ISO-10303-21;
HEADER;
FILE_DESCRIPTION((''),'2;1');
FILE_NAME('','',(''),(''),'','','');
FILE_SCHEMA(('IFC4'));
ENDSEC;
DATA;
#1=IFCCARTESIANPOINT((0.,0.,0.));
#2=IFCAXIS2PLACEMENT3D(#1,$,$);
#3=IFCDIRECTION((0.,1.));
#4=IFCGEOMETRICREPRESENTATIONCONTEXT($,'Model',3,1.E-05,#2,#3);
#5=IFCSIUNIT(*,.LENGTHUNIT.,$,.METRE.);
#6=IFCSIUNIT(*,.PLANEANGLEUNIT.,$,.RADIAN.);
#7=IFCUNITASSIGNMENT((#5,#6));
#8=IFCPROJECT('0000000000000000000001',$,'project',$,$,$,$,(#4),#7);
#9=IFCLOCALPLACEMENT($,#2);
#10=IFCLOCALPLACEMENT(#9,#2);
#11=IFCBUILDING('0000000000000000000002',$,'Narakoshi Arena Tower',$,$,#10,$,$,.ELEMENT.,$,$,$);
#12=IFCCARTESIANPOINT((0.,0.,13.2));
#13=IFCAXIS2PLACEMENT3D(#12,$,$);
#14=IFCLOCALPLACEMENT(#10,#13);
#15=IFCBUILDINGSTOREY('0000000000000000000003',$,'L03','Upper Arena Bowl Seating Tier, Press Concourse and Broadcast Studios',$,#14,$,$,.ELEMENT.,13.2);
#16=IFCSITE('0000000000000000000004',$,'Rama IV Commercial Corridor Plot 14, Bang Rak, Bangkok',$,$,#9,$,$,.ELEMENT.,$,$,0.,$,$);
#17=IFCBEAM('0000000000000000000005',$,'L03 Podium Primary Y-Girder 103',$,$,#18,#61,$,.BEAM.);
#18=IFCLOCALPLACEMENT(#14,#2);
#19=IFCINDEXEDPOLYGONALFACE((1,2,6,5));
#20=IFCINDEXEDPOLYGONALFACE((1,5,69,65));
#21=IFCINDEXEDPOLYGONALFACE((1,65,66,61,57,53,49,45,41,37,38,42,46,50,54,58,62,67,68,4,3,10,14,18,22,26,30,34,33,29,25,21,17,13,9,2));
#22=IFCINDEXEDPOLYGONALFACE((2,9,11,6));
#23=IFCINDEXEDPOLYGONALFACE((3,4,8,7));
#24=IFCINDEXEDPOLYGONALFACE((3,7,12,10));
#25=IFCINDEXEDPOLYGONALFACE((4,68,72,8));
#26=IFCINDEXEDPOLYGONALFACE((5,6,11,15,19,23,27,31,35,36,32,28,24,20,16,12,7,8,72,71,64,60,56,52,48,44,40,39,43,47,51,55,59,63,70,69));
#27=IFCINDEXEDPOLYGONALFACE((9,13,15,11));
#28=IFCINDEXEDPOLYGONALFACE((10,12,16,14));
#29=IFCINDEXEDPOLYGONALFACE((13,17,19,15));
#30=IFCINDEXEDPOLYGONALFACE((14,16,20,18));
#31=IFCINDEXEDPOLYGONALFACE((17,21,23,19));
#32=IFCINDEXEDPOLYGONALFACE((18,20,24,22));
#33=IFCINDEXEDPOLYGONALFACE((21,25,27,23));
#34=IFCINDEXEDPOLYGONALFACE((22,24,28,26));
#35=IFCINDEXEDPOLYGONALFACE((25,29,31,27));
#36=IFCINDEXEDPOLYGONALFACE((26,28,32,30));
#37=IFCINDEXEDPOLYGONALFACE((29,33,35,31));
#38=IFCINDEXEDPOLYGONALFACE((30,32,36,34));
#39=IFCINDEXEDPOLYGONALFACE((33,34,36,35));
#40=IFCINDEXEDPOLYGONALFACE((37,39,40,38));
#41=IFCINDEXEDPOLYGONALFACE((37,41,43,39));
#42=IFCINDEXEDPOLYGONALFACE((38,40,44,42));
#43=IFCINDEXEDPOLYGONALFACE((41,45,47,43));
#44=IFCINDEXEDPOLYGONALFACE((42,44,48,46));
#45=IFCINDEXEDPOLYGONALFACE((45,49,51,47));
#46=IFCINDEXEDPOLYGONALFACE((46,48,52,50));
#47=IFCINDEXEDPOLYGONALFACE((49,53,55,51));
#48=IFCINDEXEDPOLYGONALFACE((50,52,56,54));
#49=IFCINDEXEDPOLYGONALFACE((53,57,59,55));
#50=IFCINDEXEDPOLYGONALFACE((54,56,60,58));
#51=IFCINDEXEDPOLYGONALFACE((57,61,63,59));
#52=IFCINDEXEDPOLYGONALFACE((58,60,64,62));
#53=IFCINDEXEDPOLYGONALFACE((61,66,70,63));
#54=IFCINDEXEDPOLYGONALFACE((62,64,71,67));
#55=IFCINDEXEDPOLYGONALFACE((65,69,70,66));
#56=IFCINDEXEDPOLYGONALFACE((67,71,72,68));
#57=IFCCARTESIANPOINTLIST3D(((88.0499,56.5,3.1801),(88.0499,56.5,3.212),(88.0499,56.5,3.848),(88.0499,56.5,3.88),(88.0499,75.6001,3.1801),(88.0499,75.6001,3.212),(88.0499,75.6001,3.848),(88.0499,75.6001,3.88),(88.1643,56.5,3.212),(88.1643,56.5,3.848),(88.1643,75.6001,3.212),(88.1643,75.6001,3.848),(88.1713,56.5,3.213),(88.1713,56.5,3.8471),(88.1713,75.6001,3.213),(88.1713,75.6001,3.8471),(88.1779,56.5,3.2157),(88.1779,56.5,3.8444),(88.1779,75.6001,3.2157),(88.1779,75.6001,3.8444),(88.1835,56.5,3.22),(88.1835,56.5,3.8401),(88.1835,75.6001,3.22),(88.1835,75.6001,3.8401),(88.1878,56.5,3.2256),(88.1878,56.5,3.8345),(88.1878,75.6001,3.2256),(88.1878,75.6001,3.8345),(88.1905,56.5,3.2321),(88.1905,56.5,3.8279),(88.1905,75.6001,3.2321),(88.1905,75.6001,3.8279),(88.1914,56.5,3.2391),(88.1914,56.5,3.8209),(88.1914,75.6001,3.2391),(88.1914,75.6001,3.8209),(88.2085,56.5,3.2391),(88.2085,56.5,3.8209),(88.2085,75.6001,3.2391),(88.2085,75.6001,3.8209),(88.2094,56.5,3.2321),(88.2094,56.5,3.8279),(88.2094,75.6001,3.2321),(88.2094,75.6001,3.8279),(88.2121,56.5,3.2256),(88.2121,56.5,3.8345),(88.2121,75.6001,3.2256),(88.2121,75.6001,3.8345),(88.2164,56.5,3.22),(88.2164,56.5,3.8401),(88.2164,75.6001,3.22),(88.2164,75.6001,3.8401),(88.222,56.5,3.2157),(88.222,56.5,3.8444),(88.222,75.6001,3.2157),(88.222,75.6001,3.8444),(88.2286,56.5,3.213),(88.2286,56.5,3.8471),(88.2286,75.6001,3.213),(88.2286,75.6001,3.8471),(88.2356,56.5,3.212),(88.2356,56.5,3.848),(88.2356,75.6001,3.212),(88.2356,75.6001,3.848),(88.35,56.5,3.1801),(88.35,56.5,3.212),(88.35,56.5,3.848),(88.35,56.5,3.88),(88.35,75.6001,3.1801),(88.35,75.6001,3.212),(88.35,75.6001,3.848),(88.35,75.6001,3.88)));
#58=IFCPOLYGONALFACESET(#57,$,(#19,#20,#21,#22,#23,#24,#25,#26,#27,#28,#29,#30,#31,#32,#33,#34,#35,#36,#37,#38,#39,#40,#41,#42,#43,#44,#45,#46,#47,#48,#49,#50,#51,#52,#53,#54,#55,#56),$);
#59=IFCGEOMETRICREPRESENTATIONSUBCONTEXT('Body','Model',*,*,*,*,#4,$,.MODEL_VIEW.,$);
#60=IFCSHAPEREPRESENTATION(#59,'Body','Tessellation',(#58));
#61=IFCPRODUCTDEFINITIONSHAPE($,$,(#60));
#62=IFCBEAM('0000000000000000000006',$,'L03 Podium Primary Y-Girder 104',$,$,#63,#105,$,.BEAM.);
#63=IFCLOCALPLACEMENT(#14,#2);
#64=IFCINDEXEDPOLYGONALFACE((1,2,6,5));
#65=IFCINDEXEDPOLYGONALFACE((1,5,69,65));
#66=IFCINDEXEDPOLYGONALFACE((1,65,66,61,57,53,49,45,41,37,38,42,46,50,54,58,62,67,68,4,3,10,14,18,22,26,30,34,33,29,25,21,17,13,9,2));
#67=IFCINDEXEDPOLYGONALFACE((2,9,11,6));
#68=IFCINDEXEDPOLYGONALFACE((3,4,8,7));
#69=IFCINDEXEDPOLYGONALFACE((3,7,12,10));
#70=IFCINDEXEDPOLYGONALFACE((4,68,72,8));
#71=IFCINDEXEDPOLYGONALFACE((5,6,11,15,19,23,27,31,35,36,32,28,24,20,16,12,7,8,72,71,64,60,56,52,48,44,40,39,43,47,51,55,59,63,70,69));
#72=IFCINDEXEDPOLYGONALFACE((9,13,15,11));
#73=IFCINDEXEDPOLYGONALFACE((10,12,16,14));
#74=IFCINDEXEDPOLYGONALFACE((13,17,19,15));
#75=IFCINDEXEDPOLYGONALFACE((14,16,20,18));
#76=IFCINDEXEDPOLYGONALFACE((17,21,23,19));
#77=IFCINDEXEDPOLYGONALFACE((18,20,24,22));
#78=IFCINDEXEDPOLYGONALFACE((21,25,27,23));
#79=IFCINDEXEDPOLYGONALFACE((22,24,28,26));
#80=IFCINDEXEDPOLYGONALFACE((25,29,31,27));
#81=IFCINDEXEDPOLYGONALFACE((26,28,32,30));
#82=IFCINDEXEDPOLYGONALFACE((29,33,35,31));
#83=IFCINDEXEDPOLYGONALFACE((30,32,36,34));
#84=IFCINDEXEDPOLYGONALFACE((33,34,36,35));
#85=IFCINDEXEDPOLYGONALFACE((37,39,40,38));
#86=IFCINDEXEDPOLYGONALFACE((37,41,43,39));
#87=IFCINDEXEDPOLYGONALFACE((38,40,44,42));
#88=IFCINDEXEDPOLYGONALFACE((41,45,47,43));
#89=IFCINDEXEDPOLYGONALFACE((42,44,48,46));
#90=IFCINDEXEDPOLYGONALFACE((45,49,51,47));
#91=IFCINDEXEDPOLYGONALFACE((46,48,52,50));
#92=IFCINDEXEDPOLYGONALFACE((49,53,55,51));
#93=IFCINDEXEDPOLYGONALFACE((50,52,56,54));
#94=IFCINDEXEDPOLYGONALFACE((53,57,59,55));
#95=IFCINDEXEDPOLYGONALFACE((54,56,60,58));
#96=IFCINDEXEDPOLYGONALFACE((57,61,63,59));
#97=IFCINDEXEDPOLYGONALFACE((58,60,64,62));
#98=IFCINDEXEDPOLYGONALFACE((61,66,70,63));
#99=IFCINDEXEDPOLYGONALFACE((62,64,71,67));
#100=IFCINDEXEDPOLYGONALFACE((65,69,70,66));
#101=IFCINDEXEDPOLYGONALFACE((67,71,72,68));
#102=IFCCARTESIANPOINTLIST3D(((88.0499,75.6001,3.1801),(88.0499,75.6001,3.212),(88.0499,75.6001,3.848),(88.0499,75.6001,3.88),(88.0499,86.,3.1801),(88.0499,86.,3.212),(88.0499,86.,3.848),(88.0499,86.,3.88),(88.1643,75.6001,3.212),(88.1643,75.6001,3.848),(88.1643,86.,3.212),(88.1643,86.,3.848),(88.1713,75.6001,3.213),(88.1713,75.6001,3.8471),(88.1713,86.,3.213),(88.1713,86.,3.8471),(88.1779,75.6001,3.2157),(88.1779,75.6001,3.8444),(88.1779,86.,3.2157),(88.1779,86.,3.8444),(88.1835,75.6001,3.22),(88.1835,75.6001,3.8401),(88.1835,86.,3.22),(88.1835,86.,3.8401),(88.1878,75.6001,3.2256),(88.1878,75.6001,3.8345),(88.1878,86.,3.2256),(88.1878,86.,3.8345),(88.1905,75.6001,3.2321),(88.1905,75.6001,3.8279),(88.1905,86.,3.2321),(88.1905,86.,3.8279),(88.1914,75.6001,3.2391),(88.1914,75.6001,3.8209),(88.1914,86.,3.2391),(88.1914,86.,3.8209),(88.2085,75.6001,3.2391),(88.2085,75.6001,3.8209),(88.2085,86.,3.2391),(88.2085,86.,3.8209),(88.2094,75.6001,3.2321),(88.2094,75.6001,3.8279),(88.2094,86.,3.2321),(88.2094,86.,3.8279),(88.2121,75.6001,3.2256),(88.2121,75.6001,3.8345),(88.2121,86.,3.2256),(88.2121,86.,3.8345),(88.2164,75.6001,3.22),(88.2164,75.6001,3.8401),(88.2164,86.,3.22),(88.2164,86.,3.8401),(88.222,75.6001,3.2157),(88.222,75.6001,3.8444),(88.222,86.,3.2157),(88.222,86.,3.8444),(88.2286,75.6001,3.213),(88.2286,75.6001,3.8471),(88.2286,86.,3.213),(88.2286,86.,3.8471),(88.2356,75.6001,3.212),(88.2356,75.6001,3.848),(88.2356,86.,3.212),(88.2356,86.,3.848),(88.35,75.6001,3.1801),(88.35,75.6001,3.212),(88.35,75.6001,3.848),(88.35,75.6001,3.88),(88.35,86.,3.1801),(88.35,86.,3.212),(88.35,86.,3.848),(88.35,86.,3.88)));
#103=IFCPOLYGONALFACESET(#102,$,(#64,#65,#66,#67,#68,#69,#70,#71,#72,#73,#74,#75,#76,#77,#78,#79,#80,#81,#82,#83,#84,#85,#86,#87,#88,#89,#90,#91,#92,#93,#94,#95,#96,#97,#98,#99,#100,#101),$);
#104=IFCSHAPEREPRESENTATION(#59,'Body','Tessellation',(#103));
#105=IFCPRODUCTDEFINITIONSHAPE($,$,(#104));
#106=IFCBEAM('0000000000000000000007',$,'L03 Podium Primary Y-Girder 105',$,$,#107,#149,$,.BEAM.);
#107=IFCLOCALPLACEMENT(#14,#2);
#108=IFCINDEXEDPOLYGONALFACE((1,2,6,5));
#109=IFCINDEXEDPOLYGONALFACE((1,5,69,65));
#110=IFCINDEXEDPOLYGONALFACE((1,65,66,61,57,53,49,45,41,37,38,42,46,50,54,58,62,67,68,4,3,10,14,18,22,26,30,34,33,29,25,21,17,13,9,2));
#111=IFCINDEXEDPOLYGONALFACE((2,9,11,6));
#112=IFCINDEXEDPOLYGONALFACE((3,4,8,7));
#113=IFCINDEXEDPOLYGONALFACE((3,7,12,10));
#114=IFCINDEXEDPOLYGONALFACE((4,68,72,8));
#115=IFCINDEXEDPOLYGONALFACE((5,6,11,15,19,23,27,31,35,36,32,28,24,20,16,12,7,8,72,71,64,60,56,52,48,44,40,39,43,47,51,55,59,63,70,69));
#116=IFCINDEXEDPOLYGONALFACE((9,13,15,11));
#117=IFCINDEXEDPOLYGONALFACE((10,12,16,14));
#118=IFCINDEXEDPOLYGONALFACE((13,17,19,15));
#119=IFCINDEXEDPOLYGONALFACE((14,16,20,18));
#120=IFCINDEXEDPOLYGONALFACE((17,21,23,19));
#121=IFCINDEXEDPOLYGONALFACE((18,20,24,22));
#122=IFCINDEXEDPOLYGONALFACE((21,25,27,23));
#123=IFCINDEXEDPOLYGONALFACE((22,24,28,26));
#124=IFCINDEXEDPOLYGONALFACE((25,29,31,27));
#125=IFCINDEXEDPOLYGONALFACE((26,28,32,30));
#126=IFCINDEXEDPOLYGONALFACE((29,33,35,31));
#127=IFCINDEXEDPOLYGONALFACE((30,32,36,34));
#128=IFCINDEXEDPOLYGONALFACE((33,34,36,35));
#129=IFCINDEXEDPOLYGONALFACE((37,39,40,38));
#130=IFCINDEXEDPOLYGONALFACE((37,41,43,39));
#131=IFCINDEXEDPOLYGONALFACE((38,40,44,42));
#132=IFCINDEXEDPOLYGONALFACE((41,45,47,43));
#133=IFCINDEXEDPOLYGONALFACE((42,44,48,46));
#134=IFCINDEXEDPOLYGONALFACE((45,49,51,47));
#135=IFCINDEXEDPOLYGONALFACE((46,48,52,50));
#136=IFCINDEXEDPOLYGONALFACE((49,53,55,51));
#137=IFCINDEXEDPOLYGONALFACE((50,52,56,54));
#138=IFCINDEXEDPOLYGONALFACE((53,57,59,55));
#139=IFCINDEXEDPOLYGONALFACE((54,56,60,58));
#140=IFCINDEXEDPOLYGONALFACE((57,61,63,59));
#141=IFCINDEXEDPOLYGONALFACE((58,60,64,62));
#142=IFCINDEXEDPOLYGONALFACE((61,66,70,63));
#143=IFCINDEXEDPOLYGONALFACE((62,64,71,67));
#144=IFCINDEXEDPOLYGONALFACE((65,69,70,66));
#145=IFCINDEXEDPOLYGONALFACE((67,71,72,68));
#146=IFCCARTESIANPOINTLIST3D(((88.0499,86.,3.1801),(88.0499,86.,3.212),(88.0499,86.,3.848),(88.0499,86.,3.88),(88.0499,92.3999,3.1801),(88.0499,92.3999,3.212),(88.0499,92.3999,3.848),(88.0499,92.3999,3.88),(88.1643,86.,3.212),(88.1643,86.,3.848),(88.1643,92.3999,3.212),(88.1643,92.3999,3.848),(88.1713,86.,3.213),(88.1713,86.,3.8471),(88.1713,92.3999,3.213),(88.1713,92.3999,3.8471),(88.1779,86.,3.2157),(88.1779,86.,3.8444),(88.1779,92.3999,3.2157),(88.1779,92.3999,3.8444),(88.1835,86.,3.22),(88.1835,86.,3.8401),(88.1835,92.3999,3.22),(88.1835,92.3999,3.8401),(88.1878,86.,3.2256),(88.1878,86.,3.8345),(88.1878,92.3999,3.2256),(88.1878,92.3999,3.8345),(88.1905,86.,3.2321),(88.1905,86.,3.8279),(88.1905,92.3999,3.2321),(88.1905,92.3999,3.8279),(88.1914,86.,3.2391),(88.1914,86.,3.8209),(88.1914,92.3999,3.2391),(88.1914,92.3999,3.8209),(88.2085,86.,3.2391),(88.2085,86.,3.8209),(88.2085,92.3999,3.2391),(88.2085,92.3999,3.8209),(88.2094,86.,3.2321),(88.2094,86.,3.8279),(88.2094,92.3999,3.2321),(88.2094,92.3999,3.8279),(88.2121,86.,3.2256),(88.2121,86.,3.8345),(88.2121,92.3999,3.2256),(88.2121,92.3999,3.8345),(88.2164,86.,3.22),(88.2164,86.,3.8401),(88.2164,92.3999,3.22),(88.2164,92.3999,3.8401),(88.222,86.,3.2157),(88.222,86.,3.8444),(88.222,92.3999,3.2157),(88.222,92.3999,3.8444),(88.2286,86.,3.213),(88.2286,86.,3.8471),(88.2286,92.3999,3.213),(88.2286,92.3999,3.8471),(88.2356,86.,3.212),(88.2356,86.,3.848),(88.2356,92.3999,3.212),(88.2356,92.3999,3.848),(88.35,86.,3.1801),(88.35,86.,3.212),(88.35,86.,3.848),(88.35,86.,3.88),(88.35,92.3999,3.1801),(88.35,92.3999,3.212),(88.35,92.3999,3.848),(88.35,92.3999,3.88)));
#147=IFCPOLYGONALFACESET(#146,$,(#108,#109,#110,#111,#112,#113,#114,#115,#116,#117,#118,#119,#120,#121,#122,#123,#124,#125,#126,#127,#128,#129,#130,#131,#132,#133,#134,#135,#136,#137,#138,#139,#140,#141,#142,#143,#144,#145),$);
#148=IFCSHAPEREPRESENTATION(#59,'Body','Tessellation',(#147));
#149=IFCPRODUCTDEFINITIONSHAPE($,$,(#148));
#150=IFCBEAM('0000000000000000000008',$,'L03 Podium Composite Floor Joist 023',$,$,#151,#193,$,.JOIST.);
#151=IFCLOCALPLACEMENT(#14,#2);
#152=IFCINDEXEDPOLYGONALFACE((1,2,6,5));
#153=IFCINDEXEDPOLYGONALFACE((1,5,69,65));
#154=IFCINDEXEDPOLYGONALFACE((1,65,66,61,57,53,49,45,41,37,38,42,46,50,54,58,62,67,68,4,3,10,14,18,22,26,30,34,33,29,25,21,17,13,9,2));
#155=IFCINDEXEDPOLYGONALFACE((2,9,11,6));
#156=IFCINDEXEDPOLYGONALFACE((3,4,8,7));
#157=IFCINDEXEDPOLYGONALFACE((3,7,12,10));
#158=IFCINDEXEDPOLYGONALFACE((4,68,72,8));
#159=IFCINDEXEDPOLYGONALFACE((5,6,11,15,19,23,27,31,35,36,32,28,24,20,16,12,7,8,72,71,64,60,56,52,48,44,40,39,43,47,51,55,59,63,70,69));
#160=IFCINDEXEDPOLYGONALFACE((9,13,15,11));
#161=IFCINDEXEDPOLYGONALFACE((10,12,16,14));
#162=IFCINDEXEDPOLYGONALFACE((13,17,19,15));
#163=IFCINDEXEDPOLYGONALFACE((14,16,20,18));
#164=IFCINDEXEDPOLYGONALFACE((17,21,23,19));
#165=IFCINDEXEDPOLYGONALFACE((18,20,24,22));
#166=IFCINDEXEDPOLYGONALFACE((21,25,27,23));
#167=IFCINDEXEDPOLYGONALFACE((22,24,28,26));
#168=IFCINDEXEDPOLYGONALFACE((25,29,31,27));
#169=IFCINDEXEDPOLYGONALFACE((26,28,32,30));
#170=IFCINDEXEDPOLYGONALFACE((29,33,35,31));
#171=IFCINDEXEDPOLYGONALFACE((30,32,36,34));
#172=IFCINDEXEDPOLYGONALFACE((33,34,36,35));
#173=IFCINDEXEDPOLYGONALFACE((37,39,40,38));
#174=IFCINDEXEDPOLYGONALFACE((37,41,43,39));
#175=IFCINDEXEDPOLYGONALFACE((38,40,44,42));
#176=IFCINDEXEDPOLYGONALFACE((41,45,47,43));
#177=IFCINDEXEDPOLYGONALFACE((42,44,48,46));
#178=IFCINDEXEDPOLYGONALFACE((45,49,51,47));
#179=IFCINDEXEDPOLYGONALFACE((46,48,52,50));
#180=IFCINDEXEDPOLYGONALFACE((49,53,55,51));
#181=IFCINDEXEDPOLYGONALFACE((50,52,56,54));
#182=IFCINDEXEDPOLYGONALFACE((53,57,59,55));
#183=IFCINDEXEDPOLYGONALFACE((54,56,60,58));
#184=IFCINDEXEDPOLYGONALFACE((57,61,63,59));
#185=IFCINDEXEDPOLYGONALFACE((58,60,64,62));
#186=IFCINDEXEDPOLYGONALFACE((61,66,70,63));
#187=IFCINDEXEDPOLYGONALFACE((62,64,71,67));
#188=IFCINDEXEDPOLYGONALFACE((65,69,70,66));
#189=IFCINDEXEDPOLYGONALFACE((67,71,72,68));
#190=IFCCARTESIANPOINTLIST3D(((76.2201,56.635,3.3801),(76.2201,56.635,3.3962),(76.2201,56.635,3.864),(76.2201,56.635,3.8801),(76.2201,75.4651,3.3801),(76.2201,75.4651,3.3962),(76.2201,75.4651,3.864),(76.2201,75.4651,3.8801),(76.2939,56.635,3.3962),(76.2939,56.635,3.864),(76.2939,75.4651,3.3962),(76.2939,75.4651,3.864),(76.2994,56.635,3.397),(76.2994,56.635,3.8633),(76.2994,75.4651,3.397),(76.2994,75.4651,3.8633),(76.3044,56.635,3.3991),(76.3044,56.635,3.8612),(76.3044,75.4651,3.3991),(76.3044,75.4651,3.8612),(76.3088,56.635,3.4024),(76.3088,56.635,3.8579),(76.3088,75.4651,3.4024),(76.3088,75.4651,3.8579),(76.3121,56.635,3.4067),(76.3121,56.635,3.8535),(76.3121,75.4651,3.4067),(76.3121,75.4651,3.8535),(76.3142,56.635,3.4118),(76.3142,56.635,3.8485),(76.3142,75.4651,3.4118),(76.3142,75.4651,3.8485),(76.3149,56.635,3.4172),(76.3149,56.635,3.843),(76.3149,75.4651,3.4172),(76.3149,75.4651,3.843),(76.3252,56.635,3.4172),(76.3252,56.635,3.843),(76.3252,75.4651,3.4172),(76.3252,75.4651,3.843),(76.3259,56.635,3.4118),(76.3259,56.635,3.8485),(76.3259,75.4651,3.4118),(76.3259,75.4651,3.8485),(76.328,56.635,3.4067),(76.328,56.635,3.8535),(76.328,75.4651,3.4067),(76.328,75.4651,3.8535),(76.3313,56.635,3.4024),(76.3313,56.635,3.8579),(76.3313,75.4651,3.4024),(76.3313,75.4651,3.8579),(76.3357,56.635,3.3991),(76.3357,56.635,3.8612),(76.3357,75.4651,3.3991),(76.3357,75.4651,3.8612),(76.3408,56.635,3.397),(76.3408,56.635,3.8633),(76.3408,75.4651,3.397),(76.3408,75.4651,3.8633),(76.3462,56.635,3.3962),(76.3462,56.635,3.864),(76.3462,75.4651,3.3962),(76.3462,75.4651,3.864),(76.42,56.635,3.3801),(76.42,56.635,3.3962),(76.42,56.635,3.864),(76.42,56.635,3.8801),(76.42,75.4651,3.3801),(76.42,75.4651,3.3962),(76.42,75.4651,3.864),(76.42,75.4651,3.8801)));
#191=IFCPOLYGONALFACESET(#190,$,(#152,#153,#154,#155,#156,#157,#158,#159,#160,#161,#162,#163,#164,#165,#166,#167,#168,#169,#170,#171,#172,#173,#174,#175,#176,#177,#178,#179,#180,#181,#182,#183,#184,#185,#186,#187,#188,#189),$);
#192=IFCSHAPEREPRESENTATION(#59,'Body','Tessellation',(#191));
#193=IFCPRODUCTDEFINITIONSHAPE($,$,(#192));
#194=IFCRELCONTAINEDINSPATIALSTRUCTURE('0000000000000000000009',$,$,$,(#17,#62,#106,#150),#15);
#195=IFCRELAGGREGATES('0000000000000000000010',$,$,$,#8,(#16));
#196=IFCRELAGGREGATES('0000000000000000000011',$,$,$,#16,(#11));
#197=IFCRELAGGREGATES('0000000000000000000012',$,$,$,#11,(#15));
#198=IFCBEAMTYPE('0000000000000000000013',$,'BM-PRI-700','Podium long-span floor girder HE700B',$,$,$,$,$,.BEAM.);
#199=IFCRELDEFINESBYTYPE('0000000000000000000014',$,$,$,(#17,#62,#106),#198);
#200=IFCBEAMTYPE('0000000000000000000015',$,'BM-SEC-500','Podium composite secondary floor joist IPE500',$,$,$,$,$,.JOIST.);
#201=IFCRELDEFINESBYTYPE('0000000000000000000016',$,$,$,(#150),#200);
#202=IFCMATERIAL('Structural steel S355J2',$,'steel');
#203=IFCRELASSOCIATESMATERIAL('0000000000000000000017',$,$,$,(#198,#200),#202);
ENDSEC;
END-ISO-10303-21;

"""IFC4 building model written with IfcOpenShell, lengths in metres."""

from ifc_helpers import new_model, si_unit, direction, frame, origin, origin_2d, place, context, subcontext, project, spatial, i_section, extrude, material, material_profile, profile_set, type_object, element, save


model = new_model("IFC4")

# Units and contexts
model_context = context("Model", 3, precision=1e-05, world=origin(), true_north=direction((0.0, 1.0)))
body_context = subcontext(model_context, "Body", "Model", "MODEL_VIEW")
ifc_project = project(units=[si_unit("LENGTHUNIT", "METRE"), si_unit("PLANEANGLEUNIT", "RADIAN")], contexts=[model_context])

# Site, building, storey
site_placement = place(None, origin())
site = spatial("IfcSite", under=ifc_project, at=site_placement, Name="Rama IV Commercial Corridor Plot 14, Bang Rak, Bangkok", CompositionType="ELEMENT", RefElevation=0.0)
building_placement = place(site_placement, origin())
building = spatial("IfcBuilding", under=site, at=building_placement, Name="Narakoshi Arena Tower", CompositionType="ELEMENT")
storey_placement = place(building_placement, frame((0.0, 0.0, 13.2)))
storey = spatial("IfcBuildingStorey", under=building, at=storey_placement, Name="L03", Description="Upper Arena Bowl Seating Tier, Press Concourse and Broadcast Studios", CompositionType="ELEMENT", Elevation=13.2)

# Beams
ifc_material_1 = material(Name="Structural steel S355J2", Category="steel")
ifc_material_profile_1 = material_profile(ifc_material_1, i_section(OverallWidth=0.3, OverallDepth=0.7, WebThickness=0.0171, FlangeThickness=0.032, FilletRadius=0.0271, at=origin_2d()), Name="HE700B")
ifc_profile_set_1 = profile_set([ifc_material_profile_1], Name="Structural steel S355J2")
beam_type_1 = type_object("IfcBeamType", Name="BM-PRI-700", Description="Podium long-span floor girder HE700B", PredefinedType="BEAM", material=ifc_profile_set_1)
beam_1_placement = place(storey_placement, frame((88.2, 56.5, 3.53), z_axis=(0.0, 1.0, 0.0), x_axis=(-1.0, 0.0, 0.0)))
element("IfcBeam", 1, at=beam_1_placement, inside=storey, type_object=beam_type_1, Name="L03 Podium Primary Y-Girder 103", PredefinedType="BEAM", context=body_context, shape_type="SweptSolid", body=[
    extrude(i_section(OverallWidth=0.3, OverallDepth=0.7, WebThickness=0.0171, FlangeThickness=0.032, FilletRadius=0.0271, at=origin_2d()), origin(), (0.0, 0.0, 1.0), 19.1001),
])
beam_2_placement = place(storey_placement, frame((88.2, 75.6001, 3.53), z_axis=(0.0, 1.0, 0.0), x_axis=(-1.0, 0.0, 0.0)))
element("IfcBeam", 2, at=beam_2_placement, inside=storey, type_object=beam_type_1, Name="L03 Podium Primary Y-Girder 104", PredefinedType="BEAM", context=body_context, shape_type="SweptSolid", body=[
    extrude(i_section(OverallWidth=0.3, OverallDepth=0.7, WebThickness=0.0171, FlangeThickness=0.032, FilletRadius=0.0271, at=origin_2d()), origin(), (0.0, 0.0, 1.0), 10.3999),
])
beam_3_placement = place(storey_placement, frame((88.2, 86.0, 3.53), z_axis=(0.0, 1.0, 0.0), x_axis=(-1.0, 0.0, 0.0)))
element("IfcBeam", 3, at=beam_3_placement, inside=storey, type_object=beam_type_1, Name="L03 Podium Primary Y-Girder 105", PredefinedType="BEAM", context=body_context, shape_type="SweptSolid", body=[
    extrude(i_section(OverallWidth=0.3, OverallDepth=0.7, WebThickness=0.0171, FlangeThickness=0.032, FilletRadius=0.0271, at=origin_2d()), origin(), (0.0, 0.0, 1.0), 6.3999),
])
ifc_material_profile_2 = material_profile(ifc_material_1, i_section(OverallWidth=0.2, OverallDepth=0.5, WebThickness=0.0103, FlangeThickness=0.0161, FilletRadius=0.021, at=origin_2d()), Name="IPE500")
ifc_profile_set_2 = profile_set([ifc_material_profile_2], Name="Structural steel S355J2")
beam_type_2 = type_object("IfcBeamType", Name="BM-SEC-500", Description="Podium composite secondary floor joist IPE500", PredefinedType="JOIST", material=ifc_profile_set_2)
beam_4_placement = place(storey_placement, frame((76.3201, 56.635, 3.6301), z_axis=(0.0, 1.0, 0.0), x_axis=(-1.0, 0.0, 0.0)))
element("IfcBeam", 4, at=beam_4_placement, inside=storey, type_object=beam_type_2, Name="L03 Podium Composite Floor Joist 023", PredefinedType="JOIST", context=body_context, shape_type="SweptSolid", body=[
    extrude(i_section(OverallWidth=0.2, OverallDepth=0.5, WebThickness=0.0103, FlangeThickness=0.0161, FilletRadius=0.021, at=origin_2d()), origin(), (0.0, 0.0, 1.0), 18.8301),
])

save(model, "model.ifc")
